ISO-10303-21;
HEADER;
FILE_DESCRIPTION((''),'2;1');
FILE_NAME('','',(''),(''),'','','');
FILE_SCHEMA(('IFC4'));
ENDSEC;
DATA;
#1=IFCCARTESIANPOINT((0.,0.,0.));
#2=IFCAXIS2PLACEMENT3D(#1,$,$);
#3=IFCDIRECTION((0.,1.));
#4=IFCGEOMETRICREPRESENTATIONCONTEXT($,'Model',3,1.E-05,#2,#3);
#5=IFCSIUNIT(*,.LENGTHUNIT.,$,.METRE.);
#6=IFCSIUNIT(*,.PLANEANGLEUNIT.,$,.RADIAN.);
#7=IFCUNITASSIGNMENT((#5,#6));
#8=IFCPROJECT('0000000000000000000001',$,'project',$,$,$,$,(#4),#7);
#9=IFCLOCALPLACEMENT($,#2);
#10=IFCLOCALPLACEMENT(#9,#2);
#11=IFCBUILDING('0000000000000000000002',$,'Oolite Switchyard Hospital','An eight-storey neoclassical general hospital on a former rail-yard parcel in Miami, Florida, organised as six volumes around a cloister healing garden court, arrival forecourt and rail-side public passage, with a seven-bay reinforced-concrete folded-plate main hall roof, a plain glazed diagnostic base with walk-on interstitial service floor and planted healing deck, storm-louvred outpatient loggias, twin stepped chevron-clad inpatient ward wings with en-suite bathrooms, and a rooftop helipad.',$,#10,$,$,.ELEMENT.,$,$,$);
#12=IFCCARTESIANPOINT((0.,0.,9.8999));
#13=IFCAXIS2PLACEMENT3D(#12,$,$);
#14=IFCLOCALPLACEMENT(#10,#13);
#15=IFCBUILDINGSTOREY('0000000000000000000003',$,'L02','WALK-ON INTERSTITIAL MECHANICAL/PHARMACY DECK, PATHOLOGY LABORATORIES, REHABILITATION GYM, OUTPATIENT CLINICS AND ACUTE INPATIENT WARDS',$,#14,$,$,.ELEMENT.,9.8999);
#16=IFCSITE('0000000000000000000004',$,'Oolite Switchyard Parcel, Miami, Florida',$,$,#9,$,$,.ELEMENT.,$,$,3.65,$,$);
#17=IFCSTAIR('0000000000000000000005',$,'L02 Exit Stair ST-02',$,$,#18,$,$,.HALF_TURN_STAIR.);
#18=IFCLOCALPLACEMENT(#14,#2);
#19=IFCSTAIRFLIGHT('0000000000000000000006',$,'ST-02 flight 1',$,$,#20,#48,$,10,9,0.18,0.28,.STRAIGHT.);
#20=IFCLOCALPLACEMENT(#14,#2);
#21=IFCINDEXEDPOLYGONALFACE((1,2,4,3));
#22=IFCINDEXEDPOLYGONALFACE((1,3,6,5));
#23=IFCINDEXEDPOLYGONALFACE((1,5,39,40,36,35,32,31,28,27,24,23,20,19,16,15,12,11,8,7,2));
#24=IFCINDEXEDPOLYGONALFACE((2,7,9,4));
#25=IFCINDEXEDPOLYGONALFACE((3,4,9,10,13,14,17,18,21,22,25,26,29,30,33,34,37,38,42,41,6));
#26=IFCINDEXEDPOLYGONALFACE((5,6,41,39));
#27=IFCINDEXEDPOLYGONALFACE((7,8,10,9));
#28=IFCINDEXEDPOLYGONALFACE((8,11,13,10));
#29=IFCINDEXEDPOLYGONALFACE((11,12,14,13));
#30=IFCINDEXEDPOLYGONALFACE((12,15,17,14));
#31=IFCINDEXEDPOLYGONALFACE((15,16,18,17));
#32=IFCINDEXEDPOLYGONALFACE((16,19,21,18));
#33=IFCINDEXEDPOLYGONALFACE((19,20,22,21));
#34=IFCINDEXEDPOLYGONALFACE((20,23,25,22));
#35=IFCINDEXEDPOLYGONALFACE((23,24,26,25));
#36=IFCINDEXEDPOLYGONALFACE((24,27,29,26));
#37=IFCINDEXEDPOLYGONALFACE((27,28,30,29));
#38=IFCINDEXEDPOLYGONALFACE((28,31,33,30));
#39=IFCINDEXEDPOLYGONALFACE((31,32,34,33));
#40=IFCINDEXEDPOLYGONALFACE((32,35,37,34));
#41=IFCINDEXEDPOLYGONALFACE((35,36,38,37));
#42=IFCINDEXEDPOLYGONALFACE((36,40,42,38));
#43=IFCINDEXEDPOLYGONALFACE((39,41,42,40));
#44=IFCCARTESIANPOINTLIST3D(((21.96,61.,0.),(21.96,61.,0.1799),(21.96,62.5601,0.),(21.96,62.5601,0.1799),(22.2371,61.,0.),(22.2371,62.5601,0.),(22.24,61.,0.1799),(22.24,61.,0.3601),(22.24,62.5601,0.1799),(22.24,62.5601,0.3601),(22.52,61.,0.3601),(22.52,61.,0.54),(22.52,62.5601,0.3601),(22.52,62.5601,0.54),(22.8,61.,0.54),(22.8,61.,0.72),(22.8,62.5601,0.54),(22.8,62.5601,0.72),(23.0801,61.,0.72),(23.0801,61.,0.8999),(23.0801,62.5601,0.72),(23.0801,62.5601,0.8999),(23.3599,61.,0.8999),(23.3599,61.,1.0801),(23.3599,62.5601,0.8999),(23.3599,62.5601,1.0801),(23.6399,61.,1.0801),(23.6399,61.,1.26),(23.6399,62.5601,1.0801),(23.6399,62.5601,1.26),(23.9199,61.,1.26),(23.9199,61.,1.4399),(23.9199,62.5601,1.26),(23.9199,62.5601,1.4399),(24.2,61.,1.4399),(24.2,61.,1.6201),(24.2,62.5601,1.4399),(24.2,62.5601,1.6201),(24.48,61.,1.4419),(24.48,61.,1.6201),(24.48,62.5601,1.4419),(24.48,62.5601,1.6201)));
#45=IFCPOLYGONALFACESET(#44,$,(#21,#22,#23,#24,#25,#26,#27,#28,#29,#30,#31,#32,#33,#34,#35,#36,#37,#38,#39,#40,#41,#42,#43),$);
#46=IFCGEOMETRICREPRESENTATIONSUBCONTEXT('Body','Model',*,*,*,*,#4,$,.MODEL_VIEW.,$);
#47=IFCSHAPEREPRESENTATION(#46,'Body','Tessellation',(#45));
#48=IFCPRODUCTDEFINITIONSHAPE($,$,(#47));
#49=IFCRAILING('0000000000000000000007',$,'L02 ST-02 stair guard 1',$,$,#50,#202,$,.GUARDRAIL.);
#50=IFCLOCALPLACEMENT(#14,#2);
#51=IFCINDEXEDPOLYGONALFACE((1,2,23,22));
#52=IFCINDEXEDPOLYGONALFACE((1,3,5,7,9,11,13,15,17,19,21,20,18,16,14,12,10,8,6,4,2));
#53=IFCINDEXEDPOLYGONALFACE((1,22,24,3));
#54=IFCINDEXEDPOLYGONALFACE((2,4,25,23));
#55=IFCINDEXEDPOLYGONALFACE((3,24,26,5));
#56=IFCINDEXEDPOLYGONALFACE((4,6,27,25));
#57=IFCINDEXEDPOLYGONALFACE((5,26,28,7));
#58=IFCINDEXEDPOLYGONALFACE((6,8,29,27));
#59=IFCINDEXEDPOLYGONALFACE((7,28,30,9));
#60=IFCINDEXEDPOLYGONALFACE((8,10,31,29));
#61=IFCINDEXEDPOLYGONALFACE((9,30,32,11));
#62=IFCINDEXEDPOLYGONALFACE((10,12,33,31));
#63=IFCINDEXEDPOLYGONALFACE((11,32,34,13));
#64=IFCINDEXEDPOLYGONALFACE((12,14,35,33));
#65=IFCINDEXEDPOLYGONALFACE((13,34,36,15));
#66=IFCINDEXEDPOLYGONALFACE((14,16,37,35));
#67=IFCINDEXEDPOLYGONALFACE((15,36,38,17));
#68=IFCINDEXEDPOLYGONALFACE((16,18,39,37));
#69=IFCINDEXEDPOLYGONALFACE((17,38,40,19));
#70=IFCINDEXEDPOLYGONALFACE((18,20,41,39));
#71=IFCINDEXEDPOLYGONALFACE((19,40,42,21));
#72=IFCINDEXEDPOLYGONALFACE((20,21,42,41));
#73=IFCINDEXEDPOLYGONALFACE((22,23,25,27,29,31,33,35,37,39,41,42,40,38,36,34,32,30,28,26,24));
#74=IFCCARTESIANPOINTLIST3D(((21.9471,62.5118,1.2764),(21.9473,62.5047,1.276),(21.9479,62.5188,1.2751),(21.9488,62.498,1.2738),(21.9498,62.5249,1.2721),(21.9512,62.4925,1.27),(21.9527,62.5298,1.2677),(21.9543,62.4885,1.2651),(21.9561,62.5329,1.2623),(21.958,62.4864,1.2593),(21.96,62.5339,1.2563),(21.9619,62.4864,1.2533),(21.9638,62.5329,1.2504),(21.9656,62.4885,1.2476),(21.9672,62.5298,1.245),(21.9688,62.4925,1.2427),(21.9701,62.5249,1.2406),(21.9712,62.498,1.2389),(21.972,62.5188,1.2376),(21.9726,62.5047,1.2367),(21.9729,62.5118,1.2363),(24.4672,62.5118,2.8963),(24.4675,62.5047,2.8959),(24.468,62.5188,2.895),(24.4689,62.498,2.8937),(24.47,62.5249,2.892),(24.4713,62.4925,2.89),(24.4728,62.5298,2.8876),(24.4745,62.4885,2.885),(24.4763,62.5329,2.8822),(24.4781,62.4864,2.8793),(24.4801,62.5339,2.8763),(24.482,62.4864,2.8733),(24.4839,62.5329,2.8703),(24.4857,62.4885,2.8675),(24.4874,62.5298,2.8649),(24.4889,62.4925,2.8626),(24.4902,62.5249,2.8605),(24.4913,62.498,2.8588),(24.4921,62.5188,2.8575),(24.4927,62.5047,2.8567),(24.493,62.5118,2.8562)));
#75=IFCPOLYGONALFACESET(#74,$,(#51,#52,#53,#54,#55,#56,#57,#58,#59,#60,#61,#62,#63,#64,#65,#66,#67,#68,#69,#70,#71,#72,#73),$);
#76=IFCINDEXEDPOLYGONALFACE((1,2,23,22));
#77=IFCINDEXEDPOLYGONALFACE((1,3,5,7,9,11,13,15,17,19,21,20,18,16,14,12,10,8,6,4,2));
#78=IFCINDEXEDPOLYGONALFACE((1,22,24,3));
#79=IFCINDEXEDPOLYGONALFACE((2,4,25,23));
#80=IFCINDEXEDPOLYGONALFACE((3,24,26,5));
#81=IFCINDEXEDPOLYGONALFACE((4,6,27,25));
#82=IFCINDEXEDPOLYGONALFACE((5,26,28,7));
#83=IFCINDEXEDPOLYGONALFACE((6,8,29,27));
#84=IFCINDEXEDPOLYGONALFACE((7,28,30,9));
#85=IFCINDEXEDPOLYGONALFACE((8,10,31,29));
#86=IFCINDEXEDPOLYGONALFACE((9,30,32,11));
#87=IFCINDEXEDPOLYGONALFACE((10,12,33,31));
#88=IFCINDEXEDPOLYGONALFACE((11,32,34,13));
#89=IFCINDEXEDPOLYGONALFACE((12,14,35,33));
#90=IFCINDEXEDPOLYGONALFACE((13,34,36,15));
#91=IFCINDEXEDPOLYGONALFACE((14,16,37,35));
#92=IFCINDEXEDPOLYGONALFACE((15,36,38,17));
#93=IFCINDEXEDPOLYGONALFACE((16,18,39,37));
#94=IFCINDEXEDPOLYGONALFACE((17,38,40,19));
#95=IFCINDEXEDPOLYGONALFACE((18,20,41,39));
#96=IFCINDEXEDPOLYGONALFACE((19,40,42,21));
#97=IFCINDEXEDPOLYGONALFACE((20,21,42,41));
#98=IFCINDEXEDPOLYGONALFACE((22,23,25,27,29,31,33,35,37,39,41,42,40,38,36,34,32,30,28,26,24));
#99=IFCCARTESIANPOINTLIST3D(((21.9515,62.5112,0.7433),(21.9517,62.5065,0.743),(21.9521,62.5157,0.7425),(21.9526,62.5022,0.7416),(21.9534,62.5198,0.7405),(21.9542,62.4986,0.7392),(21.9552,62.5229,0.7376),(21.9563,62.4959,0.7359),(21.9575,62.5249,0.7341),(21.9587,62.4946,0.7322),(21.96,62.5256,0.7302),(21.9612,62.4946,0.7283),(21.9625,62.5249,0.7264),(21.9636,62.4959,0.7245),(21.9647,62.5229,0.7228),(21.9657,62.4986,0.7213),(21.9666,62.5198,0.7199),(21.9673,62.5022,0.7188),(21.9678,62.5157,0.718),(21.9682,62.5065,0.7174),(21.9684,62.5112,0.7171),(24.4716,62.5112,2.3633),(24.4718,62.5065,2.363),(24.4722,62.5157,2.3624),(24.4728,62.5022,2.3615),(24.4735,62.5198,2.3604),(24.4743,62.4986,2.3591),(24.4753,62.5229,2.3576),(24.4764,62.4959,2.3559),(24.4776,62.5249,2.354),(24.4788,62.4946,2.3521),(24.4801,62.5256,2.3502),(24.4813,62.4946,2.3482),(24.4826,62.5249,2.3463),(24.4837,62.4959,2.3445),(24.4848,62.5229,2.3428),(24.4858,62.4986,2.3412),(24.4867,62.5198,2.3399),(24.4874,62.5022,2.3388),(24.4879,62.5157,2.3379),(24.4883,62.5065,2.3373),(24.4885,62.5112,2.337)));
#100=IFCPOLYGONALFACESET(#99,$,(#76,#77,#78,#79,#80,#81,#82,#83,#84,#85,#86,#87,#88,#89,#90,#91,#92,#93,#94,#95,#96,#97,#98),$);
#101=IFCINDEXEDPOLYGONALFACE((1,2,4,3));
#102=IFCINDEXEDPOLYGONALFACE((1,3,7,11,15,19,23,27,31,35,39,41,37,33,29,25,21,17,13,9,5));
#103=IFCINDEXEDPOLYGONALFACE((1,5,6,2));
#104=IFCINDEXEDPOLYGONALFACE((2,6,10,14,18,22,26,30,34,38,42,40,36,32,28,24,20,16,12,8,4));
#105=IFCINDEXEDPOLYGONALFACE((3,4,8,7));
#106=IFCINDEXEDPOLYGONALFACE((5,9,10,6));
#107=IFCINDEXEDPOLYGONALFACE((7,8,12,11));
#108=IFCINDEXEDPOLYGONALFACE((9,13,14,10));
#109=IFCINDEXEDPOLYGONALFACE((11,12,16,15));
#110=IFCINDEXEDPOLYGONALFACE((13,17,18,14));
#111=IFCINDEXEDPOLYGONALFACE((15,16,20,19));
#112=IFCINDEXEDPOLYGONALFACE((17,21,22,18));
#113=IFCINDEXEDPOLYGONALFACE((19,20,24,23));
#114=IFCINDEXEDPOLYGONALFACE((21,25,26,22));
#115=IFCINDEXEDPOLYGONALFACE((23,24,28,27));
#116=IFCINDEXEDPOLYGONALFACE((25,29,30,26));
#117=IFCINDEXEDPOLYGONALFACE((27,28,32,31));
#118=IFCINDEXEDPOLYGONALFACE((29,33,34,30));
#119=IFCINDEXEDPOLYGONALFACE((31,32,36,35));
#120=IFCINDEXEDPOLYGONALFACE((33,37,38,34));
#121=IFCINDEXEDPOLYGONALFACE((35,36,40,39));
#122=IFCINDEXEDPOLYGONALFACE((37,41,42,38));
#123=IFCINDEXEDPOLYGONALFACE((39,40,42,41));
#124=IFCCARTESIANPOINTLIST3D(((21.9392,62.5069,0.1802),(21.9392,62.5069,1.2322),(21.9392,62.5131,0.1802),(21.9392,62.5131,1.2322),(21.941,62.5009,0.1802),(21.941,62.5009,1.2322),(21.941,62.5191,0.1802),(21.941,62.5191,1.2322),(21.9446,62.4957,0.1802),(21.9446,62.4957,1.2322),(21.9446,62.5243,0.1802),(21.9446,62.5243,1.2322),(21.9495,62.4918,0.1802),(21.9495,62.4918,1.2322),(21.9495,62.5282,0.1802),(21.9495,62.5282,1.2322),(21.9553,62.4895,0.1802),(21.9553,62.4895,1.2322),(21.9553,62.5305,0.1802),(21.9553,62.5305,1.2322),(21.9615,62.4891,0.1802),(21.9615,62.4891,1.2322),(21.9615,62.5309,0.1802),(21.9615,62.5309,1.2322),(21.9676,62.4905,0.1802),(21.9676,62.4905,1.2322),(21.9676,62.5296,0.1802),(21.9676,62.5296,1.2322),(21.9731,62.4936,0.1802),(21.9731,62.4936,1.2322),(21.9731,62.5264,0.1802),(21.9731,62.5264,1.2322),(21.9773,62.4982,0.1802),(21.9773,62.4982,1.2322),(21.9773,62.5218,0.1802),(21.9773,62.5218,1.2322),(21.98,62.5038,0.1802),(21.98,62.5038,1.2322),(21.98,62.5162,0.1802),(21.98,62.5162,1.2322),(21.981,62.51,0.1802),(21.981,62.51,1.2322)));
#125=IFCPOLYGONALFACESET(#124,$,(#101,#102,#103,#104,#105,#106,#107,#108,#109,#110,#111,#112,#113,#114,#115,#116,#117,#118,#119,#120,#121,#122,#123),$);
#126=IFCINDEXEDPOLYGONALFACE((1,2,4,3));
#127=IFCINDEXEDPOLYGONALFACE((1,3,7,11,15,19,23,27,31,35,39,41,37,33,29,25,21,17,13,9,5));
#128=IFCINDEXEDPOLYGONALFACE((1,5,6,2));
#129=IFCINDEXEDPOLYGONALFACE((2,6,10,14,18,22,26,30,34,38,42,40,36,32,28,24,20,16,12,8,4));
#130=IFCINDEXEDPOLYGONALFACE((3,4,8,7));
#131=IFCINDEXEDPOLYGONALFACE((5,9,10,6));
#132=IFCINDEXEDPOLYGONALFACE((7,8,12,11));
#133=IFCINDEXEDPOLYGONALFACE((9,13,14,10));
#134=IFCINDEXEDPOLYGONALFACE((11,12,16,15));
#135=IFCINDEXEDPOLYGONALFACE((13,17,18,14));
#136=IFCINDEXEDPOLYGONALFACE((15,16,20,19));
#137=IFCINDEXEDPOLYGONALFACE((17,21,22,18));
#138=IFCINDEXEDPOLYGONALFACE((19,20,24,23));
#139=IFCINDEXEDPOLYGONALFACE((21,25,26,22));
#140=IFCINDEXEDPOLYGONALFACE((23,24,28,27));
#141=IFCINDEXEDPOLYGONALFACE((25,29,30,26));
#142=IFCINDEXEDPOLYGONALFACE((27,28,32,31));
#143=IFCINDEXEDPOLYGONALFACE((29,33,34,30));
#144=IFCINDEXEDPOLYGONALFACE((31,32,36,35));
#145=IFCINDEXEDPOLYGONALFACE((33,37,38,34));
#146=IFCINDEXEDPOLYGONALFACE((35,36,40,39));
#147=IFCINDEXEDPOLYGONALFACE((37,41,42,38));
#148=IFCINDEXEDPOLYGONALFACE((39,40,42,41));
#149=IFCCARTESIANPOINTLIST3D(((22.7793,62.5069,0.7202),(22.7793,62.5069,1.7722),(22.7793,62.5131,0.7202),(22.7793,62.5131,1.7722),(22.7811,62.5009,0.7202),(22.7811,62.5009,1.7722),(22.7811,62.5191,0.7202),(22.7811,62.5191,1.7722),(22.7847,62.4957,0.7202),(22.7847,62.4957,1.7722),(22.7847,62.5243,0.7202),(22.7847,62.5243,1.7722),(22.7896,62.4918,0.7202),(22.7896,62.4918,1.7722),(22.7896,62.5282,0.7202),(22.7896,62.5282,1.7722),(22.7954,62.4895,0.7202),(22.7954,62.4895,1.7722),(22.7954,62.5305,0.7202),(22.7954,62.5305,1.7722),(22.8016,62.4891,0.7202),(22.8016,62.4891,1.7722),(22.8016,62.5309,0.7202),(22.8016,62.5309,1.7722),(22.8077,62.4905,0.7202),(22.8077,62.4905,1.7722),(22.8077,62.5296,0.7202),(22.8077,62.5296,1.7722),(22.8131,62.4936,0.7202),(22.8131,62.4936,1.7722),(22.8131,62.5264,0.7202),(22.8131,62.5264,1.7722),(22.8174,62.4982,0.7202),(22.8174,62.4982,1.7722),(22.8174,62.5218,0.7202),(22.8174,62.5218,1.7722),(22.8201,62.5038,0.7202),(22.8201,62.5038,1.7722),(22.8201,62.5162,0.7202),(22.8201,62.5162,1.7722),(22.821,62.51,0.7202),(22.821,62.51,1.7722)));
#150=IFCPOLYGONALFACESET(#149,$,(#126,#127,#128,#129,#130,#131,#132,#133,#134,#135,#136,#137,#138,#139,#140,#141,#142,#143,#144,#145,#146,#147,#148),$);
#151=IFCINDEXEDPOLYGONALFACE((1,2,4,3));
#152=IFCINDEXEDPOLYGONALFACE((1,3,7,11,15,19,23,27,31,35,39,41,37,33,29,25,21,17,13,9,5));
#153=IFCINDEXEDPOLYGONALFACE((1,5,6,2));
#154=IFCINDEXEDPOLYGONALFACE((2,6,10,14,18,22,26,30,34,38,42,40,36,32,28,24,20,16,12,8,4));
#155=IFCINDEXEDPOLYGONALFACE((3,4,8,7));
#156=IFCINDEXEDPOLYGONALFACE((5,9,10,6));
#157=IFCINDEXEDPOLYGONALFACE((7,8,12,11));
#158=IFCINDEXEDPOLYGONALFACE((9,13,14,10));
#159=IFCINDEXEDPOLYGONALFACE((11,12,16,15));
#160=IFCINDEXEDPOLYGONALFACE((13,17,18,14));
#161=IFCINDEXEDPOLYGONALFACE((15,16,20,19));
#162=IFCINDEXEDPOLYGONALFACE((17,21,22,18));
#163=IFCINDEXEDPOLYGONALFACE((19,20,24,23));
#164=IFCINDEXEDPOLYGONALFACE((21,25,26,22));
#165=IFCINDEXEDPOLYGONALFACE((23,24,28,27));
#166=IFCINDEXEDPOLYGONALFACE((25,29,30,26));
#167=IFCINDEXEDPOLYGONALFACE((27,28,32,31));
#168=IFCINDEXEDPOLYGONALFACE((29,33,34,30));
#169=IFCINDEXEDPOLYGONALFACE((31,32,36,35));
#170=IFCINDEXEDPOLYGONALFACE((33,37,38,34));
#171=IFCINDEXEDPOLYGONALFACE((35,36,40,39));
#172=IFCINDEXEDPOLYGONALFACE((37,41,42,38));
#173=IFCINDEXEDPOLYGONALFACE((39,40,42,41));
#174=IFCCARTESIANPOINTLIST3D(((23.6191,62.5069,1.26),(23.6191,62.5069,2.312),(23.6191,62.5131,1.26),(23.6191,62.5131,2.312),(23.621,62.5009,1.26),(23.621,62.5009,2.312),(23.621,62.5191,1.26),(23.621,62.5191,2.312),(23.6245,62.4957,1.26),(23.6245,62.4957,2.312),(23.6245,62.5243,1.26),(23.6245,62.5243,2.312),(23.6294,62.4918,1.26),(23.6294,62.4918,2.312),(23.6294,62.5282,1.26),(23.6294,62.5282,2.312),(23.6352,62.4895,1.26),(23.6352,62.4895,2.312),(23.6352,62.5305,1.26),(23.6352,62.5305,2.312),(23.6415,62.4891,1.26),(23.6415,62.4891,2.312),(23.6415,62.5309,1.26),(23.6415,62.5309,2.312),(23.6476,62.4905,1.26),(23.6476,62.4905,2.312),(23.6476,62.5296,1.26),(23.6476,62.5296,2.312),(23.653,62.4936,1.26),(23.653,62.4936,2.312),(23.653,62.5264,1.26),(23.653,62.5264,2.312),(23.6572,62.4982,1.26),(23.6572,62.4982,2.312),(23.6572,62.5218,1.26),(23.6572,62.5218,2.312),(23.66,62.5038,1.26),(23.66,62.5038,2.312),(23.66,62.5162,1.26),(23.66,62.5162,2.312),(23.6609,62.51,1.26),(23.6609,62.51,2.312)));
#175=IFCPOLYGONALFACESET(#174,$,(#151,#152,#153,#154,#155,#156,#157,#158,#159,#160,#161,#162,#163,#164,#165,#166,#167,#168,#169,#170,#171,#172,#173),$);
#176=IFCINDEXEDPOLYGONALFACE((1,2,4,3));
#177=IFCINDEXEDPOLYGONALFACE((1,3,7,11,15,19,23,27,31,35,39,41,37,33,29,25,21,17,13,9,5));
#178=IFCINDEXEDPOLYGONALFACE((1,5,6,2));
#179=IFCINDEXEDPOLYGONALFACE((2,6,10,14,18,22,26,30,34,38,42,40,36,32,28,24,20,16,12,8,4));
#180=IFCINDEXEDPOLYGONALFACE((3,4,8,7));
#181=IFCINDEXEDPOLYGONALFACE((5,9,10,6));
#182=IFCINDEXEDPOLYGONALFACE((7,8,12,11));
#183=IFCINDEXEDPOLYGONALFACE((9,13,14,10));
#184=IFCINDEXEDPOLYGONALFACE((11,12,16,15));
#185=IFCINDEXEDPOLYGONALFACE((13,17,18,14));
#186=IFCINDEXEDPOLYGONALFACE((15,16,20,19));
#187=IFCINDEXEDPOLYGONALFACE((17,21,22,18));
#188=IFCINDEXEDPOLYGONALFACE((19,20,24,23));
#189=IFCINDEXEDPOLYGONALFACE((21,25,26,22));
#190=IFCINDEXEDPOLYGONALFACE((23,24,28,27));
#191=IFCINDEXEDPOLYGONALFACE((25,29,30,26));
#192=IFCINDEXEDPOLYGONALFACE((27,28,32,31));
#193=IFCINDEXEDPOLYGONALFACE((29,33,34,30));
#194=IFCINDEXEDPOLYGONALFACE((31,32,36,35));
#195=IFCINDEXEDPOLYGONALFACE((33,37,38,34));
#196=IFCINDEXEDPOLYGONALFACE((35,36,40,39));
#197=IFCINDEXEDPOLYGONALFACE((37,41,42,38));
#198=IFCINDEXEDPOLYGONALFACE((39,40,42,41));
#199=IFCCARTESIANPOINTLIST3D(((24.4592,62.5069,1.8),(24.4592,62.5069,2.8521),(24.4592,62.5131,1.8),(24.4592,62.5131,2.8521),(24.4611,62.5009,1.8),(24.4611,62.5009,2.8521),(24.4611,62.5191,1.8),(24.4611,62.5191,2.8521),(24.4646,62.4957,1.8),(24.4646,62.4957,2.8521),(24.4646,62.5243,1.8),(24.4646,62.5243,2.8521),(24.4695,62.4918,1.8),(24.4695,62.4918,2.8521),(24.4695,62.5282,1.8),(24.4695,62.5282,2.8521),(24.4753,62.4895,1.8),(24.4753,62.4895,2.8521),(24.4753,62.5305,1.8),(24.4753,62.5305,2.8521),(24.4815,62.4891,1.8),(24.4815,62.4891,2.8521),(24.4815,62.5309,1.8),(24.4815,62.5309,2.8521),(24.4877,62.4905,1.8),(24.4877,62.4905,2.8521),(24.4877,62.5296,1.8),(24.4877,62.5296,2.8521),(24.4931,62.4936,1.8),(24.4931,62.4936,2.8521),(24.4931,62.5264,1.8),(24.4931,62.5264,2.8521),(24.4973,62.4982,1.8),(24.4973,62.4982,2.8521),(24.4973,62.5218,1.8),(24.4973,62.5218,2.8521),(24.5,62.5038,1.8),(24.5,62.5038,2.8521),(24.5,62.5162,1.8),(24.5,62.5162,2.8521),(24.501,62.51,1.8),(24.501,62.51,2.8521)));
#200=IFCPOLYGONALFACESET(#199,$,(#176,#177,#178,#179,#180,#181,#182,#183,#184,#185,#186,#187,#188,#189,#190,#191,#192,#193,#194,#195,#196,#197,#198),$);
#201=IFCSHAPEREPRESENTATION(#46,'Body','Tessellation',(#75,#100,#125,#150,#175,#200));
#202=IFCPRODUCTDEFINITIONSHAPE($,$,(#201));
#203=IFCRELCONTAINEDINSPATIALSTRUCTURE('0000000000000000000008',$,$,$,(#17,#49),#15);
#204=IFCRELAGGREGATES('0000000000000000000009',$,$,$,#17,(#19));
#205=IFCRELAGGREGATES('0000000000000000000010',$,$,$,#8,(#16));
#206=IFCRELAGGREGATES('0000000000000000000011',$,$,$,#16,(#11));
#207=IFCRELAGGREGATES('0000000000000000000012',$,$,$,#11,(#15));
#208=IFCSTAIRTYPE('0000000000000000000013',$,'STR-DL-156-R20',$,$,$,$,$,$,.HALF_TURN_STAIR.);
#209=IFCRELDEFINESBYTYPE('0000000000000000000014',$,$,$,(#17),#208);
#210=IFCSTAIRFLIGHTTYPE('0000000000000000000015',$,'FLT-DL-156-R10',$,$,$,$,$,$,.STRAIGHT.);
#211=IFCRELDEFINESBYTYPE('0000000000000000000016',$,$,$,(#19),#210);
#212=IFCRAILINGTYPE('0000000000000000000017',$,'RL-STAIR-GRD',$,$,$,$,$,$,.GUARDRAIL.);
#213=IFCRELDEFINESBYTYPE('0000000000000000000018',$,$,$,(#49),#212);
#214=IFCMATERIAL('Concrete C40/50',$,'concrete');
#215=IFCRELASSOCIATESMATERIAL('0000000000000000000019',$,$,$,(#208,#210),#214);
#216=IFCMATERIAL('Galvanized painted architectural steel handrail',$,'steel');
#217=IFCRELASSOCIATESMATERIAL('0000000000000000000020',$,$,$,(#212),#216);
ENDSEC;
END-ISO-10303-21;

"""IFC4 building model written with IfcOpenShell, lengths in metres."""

from ifc_helpers import new_model, si_unit, direction, frame, origin, origin_2d, place, context, subcontext, project, spatial, polyline, circle, outline, extrude, material, type_object, element, aggregate, save


model = new_model("IFC4")

# Units and contexts
model_context = context("Model", 3, precision=1e-05, world=origin(), true_north=direction((0.0, 1.0)))
body_context = subcontext(model_context, "Body", "Model", "MODEL_VIEW")
ifc_project = project(units=[si_unit("LENGTHUNIT", "METRE"), si_unit("PLANEANGLEUNIT", "RADIAN")], contexts=[model_context])

# Site, building, storey
site_placement = place(None, origin())
site = spatial("IfcSite", under=ifc_project, at=site_placement, Name="Oolite Switchyard Parcel, Miami, Florida", CompositionType="ELEMENT", RefElevation=3.65)
building_placement = place(site_placement, origin())
building = spatial("IfcBuilding", under=site, at=building_placement, Name="Oolite Switchyard Hospital", Description="An eight-storey neoclassical general hospital on a former rail-yard parcel in Miami, Florida, organised as six volumes around a cloister healing garden court, arrival forecourt and rail-side public passage, with a seven-bay reinforced-concrete folded-plate main hall roof, a plain glazed diagnostic base with walk-on interstitial service floor and planted healing deck, storm-louvred outpatient loggias, twin stepped chevron-clad inpatient ward wings with en-suite bathrooms, and a rooftop helipad.", CompositionType="ELEMENT")
storey_placement = place(building_placement, frame((0.0, 0.0, 9.8999)))
storey = spatial("IfcBuildingStorey", under=building, at=storey_placement, Name="L02", Description="WALK-ON INTERSTITIAL MECHANICAL/PHARMACY DECK, PATHOLOGY LABORATORIES, REHABILITATION GYM, OUTPATIENT CLINICS AND ACUTE INPATIENT WARDS", CompositionType="ELEMENT", Elevation=9.8999)

# Shared definitions
ifc_material_1 = material(Name="Concrete C40/50", Category="concrete")

# Stair, stair flight
stair_type = type_object("IfcStairType", Name="STR-DL-156-R20", PredefinedType="HALF_TURN_STAIR", material=ifc_material_1)
stair_placement = place(storey_placement, origin())
stair = element("IfcStair", 1, at=stair_placement, inside=storey, type_object=stair_type, Name="L02 Exit Stair ST-02", PredefinedType="HALF_TURN_STAIR")
stair_flight_type = type_object("IfcStairFlightType", Name="FLT-DL-156-R10", PredefinedType="STRAIGHT", material=ifc_material_1)
stair_flight_placement = place(storey_placement, frame((21.96, 61.78, 0.0), z_axis=(0.0, 0.0, 1.0), x_axis=(1.0, 0.0, 0.0)))
stair_flight = element("IfcStairFlight", 2, at=stair_flight_placement, type_object=stair_flight_type, Name="ST-02 flight 1", NumberOfRisers=10, NumberOfTreads=9, PredefinedType="STRAIGHT", RiserHeight=0.18, TreadLength=0.28, context=body_context, shape_type="SweptSolid", body=[
    extrude(outline(polyline([(0.0, 0.0), (0.0, 0.1799), (0.28, 0.1799), (0.28, 0.3601), (0.5601, 0.3601), (0.5601, 0.54), (0.8401, 0.54), (0.8401, 0.72), (1.1201, 0.72), (1.1201, 0.8999), (1.3999, 0.8999), (1.3999, 1.0801), (1.6799, 1.0801), (1.6799, 1.26), (1.96, 1.26), (1.96, 1.4399), (2.24, 1.4399), (2.24, 1.6201), (2.52, 1.6201), (2.52, 1.8), (2.52, 1.4419), (0.2771, 0.0), (0.0, 0.0)])), frame((0.0, 0.78, 0.0), z_axis=(0.0, -1.0, 0.0), x_axis=(1.0, 0.0, 0.0)), (0.0, 0.0, 1.0), 1.5601),
])
aggregate(stair, [stair_flight])

# Railing
ifc_material_2 = material(Name="Galvanized painted architectural steel handrail", Category="steel")
railing_type_1 = type_object("IfcRailingType", Name="RL-STAIR-GRD", PredefinedType="GUARDRAIL", material=ifc_material_2)
railing_1_placement = place(storey_placement, frame((21.96, 62.51, 0.1802)))
element("IfcRailing", 3, at=railing_1_placement, inside=storey, type_object=railing_type_1, Name="L02 ST-02 stair guard 1", PredefinedType="GUARDRAIL", context=body_context, shape_type="SweptSolid", body=[
    extrude(circle(Radius=0.0239, at=origin_2d()), frame((0.0, 0.0, 1.0762), z_axis=(0.8412, 0.0, 0.540725), x_axis=(0.0, 1.0, 0.0)), (0.0, 0.0, 1.0), 2.9958),
    extrude(circle(Radius=0.0156, at=origin_2d()), frame((0.0, 0.0, 0.55), z_axis=(0.8412, 0.0, 0.540725), x_axis=(0.0, 1.0, 0.0)), (0.0, 0.0, 1.0), 2.9958),
    extrude(circle(Radius=0.021, at=origin_2d()), origin(), (0.0, 0.0, 1.0), 1.052),
    extrude(circle(Radius=0.021, at=origin_2d()), frame((0.8401, 0.0, 0.54)), (0.0, 0.0, 1.0), 1.052),
    extrude(circle(Radius=0.021, at=origin_2d()), frame((1.6799, 0.0, 1.0798)), (0.0, 0.0, 1.0), 1.052),
    extrude(circle(Radius=0.021, at=origin_2d()), frame((2.52, 0.0, 1.6199)), (0.0, 0.0, 1.0), 1.052),
])

save(model, "model.ifc")
